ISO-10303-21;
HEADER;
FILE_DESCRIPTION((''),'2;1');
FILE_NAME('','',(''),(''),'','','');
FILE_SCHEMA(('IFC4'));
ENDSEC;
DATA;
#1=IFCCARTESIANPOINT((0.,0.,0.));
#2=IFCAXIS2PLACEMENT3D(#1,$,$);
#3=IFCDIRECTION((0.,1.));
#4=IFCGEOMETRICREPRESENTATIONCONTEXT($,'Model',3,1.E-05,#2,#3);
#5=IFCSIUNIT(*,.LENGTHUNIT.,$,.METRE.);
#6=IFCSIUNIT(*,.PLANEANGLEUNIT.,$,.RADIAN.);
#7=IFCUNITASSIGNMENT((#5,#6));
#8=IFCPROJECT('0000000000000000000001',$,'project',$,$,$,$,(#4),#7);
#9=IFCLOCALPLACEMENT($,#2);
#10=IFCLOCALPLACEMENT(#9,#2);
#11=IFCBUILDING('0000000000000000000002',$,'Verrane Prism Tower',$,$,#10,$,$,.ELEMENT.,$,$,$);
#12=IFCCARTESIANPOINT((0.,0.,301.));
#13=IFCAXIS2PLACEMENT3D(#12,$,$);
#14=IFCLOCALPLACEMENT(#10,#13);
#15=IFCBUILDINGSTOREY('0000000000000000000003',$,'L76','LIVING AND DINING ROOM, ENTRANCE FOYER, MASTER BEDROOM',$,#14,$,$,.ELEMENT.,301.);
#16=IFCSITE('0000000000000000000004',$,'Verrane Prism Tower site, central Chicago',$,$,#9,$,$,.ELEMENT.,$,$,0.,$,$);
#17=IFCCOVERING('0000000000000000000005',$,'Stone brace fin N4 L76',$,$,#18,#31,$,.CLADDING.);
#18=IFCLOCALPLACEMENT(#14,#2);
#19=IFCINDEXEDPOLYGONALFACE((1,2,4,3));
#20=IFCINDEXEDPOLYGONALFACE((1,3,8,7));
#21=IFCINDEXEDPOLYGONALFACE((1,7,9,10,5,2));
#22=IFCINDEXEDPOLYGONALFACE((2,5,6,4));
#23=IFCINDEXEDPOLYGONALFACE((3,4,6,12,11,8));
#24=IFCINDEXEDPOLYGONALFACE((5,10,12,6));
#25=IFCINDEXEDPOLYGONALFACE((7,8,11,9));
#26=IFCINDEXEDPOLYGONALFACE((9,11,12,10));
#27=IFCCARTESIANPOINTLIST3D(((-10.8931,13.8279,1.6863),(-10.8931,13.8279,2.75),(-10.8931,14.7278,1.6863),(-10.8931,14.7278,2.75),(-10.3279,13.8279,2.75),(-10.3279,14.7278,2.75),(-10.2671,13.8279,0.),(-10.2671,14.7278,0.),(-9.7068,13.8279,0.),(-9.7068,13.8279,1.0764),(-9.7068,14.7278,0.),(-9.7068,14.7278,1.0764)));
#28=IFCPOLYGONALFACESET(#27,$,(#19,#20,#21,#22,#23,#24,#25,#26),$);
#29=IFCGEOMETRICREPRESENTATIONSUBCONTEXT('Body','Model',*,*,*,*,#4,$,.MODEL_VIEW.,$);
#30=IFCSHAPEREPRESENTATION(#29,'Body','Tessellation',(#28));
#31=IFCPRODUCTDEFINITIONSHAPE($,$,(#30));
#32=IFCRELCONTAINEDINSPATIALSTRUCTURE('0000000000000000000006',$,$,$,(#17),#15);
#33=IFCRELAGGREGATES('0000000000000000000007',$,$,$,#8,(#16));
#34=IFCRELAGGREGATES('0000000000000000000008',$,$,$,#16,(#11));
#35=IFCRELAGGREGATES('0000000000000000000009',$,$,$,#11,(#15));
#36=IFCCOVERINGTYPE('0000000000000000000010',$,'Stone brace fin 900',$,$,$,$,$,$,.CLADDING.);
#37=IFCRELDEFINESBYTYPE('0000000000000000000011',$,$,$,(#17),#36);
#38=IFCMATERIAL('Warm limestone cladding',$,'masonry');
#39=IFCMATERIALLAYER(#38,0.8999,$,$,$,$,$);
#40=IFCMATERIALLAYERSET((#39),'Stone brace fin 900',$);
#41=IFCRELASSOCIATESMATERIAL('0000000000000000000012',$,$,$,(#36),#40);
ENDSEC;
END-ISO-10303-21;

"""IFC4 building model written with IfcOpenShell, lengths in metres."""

from ifc_helpers import new_model, si_unit, direction, frame, origin, place, context, subcontext, project, spatial, polyline, outline, extrude, material, layer, layer_set, type_object, element, save


model = new_model("IFC4")

# Units and contexts
model_context = context("Model", 3, precision=1e-05, world=origin(), true_north=direction((0.0, 1.0)))
body_context = subcontext(model_context, "Body", "Model", "MODEL_VIEW")
ifc_project = project(units=[si_unit("LENGTHUNIT", "METRE"), si_unit("PLANEANGLEUNIT", "RADIAN")], contexts=[model_context])

# Site, building, storey
site_placement = place(None, origin())
site = spatial("IfcSite", under=ifc_project, at=site_placement, Name="Verrane Prism Tower site, central Chicago", CompositionType="ELEMENT", RefElevation=0.0)
building_placement = place(site_placement, origin())
building = spatial("IfcBuilding", under=site, at=building_placement, Name="Verrane Prism Tower", CompositionType="ELEMENT")
storey_placement = place(building_placement, frame((0.0, 0.0, 301.0)))
storey = spatial("IfcBuildingStorey", under=building, at=storey_placement, Name="L76", Description="LIVING AND DINING ROOM, ENTRANCE FOYER, MASTER BEDROOM", CompositionType="ELEMENT", Elevation=301.0)

# Covering
ifc_material_1 = material(Name="Warm limestone cladding", Category="masonry")
ifc_layer_1 = layer(ifc_material_1, 0.8999)
ifc_layer_set_1 = layer_set([ifc_layer_1], Name="Stone brace fin 900")
covering_type = type_object("IfcCoveringType", Name="Stone brace fin 900", PredefinedType="CLADDING", material=ifc_layer_set_1)
for number, where, z_axis, x_axis, name in (
    (1, (-9.7068, 14.2778, 0.0), (0.0, 0.0, 1.0), (-1.0, 0.0, 0.0), "Stone brace fin N4 L76"),
):
    element("IfcCovering", number, at=place(storey_placement, frame(where, z_axis=z_axis, x_axis=x_axis)), inside=storey, type_object=covering_type, Name=name, PredefinedType="CLADDING", context=body_context, shape_type="SweptSolid", body=[
        extrude(outline(polyline([(1.1863, 2.75), (0.6211, 2.75), (0.0, 1.0764), (0.0, 0.0), (0.5603, 0.0), (1.1863, 1.6863), (1.1863, 2.75)])), frame((0.0, 0.45, 0.0), z_axis=(0.0, -1.0, 0.0), x_axis=(1.0, 0.0, 0.0)), (0.0, 0.0, 1.0), 0.8999),
    ])

save(model, "model.ifc")
